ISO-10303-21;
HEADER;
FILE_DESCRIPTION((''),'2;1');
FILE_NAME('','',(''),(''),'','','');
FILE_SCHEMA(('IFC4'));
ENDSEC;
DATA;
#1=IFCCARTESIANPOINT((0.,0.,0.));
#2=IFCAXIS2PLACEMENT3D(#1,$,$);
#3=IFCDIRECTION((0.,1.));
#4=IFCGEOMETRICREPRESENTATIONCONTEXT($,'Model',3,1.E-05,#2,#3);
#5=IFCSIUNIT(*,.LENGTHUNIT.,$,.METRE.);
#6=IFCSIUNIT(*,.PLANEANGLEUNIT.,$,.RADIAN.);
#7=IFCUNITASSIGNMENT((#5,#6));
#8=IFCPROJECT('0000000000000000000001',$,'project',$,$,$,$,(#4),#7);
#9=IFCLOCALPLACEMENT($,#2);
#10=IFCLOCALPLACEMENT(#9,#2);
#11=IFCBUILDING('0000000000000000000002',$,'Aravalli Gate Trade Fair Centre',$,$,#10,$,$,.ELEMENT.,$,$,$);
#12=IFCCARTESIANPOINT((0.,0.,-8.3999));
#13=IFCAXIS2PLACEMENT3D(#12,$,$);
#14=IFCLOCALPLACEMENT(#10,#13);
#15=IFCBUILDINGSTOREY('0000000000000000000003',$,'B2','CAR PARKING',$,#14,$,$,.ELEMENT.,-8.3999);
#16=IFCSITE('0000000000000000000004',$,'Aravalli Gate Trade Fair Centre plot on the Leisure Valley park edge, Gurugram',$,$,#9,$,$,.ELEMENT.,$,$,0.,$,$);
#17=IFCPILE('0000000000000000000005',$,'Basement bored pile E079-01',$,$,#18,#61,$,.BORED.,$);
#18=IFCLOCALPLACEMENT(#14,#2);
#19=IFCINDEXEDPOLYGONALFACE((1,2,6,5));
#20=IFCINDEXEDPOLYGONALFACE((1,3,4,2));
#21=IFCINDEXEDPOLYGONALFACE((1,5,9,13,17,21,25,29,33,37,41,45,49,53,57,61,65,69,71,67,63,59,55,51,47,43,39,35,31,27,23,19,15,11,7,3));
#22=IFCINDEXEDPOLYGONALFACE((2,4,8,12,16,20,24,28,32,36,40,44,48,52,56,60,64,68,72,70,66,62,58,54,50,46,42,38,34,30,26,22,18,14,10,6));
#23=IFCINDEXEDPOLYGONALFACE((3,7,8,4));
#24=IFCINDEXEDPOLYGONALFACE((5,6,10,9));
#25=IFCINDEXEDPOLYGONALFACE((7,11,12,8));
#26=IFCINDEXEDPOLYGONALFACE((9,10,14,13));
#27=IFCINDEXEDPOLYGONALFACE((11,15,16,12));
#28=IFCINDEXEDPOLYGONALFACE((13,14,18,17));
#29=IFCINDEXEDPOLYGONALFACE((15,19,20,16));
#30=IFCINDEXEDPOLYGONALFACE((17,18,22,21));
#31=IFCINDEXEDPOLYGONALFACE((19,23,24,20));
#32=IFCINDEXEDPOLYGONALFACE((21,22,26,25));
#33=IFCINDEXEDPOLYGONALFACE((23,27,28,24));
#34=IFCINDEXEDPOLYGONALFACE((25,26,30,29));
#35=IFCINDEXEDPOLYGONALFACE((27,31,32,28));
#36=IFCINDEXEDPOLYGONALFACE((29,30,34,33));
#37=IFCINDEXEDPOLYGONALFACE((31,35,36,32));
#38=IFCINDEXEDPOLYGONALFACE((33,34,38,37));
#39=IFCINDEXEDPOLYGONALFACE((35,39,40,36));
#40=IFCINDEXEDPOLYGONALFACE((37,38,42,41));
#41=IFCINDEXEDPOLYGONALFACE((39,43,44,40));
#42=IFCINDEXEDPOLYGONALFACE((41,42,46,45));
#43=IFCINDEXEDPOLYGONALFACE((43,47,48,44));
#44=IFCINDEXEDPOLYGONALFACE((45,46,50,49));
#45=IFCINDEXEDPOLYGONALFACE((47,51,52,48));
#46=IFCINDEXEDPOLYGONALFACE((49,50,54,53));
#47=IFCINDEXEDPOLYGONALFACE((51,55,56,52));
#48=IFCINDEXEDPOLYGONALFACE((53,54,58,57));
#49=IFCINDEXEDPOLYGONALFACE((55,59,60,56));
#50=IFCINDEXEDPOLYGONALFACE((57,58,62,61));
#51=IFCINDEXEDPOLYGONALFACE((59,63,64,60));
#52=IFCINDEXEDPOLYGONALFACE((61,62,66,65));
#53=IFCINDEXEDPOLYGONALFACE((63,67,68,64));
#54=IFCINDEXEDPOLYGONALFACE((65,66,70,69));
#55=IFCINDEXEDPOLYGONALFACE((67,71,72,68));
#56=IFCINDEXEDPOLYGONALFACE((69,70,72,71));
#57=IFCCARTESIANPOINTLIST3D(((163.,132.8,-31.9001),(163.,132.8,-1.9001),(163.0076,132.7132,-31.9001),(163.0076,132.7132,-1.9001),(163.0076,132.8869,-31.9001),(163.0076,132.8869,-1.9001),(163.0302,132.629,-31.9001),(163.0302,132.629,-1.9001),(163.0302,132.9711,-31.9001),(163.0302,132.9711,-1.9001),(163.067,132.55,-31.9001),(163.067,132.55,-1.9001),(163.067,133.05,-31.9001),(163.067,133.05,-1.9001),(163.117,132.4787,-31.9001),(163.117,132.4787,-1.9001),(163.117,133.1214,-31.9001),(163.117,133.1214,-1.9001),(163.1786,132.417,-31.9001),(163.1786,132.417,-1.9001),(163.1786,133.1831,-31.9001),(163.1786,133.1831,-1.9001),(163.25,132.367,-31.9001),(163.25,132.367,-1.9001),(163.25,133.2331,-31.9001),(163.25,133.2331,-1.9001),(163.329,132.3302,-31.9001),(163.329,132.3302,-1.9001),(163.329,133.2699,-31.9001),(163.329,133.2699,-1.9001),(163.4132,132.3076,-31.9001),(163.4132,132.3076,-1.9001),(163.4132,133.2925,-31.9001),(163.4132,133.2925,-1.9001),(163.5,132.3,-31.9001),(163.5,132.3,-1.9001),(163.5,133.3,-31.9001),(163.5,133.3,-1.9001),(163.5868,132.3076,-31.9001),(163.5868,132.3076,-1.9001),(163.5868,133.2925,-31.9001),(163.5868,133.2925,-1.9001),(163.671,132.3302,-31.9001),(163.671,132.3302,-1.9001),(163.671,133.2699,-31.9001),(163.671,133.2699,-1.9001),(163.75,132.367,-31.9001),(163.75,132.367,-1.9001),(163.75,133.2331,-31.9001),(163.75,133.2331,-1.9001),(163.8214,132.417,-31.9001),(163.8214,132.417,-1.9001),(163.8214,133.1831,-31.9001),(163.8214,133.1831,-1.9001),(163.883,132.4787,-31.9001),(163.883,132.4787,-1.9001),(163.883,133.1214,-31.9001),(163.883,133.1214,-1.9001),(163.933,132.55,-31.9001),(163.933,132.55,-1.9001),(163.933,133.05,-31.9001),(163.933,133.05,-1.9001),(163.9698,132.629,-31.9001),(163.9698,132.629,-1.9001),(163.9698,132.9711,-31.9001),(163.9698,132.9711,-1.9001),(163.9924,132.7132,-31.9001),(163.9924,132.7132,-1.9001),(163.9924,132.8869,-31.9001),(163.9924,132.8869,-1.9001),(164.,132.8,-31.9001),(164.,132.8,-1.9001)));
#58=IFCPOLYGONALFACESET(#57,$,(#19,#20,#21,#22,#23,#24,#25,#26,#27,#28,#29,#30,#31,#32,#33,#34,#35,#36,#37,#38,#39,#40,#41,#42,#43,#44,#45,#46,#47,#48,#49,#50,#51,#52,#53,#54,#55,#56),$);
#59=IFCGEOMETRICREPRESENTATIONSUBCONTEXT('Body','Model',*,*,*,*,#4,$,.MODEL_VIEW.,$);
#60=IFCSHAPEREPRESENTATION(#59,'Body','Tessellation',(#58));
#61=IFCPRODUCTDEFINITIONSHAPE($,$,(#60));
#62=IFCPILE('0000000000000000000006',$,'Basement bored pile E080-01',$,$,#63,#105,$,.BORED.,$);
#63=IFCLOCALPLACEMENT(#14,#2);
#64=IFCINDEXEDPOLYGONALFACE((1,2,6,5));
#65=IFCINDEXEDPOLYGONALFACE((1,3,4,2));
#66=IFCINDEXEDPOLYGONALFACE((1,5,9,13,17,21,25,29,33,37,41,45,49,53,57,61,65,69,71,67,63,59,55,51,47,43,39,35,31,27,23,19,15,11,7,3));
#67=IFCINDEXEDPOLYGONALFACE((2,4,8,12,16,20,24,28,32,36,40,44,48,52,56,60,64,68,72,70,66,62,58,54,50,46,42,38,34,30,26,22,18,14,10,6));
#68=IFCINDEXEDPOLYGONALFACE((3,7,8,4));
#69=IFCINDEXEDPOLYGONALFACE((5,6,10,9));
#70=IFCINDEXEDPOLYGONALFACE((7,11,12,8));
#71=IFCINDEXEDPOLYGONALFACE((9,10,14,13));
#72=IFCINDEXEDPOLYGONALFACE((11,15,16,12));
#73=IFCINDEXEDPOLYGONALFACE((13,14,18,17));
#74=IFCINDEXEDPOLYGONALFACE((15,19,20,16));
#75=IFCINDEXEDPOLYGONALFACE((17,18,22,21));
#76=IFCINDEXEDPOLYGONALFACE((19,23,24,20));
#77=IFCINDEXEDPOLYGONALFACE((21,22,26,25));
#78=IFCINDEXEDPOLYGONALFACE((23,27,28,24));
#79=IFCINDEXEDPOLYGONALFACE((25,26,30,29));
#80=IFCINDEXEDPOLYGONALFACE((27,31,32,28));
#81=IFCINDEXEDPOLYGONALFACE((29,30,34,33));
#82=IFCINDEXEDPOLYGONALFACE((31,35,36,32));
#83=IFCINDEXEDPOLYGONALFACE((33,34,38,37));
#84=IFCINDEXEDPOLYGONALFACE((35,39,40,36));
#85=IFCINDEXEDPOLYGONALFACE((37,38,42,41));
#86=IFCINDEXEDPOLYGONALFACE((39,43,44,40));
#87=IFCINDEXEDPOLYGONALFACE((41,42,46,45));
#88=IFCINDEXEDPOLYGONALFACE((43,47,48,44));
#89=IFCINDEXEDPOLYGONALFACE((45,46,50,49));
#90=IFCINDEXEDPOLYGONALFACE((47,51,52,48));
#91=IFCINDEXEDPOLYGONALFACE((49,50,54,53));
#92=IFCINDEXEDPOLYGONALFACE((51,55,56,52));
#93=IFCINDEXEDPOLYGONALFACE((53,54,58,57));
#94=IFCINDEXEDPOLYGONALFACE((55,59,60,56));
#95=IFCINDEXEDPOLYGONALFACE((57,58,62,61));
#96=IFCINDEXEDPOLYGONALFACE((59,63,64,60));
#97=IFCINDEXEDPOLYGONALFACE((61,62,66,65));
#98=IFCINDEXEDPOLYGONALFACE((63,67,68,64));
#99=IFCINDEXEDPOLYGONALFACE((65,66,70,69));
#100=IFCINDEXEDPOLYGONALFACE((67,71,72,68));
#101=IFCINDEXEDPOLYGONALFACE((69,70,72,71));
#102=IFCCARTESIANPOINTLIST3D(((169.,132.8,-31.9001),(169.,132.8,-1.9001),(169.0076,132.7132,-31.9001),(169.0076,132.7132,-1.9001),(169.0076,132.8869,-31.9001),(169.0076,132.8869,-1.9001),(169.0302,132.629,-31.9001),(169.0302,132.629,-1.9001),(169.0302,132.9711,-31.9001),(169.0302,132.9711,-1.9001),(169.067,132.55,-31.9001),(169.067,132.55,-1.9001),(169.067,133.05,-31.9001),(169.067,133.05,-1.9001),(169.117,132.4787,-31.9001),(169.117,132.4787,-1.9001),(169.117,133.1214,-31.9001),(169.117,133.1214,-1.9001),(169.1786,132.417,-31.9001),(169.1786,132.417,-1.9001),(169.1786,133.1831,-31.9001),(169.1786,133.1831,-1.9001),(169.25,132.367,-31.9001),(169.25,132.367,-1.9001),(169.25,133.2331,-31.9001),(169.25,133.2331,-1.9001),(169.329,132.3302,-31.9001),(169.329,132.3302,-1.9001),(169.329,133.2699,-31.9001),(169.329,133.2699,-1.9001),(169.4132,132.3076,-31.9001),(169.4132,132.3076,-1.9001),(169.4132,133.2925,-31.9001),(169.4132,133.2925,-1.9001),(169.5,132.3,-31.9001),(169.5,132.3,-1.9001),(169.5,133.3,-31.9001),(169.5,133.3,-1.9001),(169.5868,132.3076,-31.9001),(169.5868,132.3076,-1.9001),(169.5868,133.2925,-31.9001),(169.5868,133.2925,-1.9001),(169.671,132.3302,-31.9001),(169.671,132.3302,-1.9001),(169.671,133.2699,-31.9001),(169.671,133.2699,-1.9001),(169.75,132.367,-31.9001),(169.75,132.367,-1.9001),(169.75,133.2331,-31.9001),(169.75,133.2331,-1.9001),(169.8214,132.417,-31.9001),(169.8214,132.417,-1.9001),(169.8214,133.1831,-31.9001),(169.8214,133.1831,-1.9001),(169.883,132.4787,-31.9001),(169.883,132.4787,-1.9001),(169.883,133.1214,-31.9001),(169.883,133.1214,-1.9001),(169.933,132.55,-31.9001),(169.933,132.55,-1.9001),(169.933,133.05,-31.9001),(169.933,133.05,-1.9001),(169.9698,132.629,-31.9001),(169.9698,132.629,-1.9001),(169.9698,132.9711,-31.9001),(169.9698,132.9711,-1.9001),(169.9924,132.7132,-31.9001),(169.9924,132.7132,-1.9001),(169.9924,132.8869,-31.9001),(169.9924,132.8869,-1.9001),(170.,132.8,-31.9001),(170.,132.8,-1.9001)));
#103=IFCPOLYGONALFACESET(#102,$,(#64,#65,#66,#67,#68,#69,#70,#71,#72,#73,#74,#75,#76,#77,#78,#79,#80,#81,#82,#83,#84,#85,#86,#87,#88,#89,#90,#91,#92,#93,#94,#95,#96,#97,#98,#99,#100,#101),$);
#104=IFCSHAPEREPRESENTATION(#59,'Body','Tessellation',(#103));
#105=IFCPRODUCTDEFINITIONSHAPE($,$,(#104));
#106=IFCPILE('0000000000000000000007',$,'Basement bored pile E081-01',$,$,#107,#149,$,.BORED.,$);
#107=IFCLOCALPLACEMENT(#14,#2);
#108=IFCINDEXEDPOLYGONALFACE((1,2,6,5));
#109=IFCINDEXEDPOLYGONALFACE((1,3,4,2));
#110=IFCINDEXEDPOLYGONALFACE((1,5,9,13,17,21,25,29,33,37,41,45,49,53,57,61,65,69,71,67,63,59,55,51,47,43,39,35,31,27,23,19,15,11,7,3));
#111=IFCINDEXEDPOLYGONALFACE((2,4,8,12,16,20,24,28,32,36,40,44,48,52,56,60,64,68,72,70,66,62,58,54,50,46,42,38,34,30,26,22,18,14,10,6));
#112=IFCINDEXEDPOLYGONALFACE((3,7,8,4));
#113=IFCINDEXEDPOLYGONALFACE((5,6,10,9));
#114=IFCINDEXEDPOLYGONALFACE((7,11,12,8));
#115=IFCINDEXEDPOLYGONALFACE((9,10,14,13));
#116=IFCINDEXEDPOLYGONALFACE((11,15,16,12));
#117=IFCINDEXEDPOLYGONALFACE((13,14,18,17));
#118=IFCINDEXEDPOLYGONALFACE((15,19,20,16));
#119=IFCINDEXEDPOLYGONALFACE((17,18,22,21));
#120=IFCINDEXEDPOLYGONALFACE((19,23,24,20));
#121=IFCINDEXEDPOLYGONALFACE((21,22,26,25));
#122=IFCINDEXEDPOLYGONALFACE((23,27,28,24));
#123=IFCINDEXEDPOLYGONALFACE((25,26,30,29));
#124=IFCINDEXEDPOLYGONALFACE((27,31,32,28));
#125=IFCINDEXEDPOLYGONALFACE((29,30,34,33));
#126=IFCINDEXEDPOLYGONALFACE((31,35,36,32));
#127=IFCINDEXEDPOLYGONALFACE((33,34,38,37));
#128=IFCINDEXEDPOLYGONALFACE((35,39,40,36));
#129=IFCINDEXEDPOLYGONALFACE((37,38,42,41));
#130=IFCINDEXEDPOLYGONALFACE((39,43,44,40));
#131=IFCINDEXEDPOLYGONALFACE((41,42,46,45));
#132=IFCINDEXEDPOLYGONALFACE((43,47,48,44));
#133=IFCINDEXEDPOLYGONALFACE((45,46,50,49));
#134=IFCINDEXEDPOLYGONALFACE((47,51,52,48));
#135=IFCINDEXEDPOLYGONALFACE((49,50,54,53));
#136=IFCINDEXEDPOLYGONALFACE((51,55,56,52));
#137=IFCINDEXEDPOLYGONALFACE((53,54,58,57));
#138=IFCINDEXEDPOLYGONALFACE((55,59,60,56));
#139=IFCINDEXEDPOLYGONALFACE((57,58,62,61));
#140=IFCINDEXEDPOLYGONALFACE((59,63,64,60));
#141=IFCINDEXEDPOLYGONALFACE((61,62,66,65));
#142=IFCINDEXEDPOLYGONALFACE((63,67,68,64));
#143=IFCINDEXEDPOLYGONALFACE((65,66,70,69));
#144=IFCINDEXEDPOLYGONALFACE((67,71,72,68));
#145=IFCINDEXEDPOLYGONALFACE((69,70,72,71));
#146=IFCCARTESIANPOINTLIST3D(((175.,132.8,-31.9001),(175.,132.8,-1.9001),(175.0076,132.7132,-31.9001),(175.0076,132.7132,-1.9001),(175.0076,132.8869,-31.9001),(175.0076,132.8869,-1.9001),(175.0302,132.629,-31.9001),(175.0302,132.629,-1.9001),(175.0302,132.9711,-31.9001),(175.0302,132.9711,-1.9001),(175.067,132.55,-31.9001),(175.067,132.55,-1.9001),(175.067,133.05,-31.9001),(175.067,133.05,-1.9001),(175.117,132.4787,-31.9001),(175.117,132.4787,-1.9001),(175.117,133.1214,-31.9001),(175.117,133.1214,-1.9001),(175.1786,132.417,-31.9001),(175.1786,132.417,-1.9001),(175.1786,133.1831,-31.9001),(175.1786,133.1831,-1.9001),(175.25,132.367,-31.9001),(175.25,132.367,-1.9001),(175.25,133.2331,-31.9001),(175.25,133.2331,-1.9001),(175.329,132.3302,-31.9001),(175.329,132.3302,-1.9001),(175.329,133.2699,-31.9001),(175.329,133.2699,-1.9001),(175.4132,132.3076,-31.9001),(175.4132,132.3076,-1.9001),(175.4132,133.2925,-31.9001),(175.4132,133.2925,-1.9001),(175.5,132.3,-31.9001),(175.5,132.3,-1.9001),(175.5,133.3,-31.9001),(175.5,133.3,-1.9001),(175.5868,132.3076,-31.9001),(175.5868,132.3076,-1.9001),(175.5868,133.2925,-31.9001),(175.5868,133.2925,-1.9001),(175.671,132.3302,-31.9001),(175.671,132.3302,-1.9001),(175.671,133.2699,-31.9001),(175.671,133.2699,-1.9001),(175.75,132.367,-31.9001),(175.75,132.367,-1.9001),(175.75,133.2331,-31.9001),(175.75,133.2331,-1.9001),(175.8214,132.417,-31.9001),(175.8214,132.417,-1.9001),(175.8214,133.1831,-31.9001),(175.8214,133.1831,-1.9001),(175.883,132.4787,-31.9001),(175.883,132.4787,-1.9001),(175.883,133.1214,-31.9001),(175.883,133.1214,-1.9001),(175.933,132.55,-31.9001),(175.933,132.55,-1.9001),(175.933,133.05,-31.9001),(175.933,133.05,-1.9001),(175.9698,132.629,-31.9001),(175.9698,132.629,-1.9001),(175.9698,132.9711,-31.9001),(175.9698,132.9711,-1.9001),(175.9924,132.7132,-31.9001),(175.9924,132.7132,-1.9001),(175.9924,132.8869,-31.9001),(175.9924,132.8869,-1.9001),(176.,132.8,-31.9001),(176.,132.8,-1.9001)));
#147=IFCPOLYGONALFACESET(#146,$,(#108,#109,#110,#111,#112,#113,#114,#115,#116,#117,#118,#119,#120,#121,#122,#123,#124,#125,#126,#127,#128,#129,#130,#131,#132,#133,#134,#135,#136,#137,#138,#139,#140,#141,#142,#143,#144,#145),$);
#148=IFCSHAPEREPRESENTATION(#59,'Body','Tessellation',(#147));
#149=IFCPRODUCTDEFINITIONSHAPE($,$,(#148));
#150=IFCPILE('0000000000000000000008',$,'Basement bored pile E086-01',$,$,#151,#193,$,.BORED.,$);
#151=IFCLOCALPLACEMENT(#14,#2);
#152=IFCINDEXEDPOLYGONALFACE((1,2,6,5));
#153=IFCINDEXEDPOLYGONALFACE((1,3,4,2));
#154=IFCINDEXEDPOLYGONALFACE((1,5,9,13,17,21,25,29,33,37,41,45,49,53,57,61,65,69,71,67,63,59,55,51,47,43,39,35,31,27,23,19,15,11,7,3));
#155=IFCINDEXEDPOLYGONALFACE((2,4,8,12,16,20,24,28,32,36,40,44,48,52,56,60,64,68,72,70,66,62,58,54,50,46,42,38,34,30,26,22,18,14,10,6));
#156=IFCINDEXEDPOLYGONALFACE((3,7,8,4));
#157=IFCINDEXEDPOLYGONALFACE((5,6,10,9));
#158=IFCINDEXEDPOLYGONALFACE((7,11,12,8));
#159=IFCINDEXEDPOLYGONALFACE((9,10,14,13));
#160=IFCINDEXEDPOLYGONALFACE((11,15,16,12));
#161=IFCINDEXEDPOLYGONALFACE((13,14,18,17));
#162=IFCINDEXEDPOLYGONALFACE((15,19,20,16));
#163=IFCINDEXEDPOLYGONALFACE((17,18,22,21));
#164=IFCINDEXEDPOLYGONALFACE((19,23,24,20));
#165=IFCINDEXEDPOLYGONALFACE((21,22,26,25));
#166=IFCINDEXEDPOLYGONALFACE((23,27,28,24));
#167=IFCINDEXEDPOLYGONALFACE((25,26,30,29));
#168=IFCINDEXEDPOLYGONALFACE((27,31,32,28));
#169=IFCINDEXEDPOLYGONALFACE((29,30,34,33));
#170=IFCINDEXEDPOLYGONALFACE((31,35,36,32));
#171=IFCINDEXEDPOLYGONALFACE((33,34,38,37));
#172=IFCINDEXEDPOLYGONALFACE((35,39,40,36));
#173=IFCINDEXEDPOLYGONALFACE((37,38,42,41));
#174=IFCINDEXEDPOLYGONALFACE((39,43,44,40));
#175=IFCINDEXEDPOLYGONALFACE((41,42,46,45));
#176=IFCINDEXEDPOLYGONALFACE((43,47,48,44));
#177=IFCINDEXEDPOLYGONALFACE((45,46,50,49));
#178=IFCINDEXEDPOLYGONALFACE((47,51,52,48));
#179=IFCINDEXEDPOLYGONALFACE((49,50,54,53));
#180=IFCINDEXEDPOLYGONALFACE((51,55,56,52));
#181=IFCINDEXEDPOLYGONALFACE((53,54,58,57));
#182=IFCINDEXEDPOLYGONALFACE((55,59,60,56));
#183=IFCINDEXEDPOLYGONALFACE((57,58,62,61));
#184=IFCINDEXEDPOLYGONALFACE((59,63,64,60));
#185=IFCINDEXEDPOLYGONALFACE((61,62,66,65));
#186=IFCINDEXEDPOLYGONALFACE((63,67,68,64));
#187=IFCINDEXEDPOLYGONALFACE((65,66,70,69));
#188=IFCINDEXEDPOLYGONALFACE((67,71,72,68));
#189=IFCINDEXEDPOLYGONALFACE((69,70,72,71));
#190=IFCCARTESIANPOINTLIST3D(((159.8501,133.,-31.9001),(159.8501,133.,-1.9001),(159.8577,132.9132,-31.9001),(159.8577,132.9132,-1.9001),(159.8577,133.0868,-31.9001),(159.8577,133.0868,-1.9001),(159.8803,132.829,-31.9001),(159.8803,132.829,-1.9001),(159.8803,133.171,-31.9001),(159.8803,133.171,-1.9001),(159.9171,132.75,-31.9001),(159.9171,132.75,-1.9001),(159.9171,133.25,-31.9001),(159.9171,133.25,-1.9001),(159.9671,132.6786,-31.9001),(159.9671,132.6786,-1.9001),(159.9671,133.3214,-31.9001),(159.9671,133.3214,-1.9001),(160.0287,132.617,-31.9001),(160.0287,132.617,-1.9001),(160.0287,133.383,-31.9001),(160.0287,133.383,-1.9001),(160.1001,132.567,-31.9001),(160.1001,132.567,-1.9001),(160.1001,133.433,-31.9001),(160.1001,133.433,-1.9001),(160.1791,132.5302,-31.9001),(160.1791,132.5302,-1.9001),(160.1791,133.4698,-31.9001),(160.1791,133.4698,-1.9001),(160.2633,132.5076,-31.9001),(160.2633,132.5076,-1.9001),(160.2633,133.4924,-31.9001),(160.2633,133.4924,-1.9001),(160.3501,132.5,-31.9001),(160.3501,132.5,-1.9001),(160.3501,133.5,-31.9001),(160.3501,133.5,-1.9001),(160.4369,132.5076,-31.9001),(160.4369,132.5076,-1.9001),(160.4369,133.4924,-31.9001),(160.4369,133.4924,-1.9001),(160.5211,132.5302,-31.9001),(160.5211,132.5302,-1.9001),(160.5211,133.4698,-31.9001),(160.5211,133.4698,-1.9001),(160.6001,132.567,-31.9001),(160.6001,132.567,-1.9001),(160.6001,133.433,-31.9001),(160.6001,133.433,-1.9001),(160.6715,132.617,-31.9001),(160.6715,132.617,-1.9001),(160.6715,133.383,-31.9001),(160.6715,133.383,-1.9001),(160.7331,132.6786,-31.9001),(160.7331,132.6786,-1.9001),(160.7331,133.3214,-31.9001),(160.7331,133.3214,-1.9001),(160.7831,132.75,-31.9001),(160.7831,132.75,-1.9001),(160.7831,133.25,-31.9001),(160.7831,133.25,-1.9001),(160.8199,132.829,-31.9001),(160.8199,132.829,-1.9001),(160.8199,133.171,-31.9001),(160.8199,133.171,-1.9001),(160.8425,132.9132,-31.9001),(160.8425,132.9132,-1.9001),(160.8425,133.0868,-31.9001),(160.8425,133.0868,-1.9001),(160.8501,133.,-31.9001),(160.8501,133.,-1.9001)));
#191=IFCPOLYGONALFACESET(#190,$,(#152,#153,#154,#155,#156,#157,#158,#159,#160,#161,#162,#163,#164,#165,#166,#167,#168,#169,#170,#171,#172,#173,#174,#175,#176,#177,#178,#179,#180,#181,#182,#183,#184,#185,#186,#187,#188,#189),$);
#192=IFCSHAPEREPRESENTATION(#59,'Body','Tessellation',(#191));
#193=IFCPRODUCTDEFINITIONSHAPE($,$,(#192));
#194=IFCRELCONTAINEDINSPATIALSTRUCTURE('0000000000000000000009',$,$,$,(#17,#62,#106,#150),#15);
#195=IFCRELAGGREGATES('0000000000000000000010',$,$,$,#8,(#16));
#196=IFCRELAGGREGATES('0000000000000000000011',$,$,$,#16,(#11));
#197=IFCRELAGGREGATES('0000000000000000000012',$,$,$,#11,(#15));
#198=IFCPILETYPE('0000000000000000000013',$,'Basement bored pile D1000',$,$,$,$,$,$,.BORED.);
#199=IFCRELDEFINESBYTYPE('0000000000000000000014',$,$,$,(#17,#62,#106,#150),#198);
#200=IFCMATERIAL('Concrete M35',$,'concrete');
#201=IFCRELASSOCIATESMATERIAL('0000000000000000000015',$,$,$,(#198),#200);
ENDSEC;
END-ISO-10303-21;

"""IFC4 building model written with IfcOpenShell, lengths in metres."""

from ifc_helpers import new_model, si_unit, direction, frame, origin, origin_2d, place, context, subcontext, project, spatial, circle, extrude, material, material_profile, profile_set, type_object, element, save


model = new_model("IFC4")

# Units and contexts
model_context = context("Model", 3, precision=1e-05, world=origin(), true_north=direction((0.0, 1.0)))
body_context = subcontext(model_context, "Body", "Model", "MODEL_VIEW")
ifc_project = project(units=[si_unit("LENGTHUNIT", "METRE"), si_unit("PLANEANGLEUNIT", "RADIAN")], contexts=[model_context])

# Site, building, storey
site_placement = place(None, origin())
site = spatial("IfcSite", under=ifc_project, at=site_placement, Name="Aravalli Gate Trade Fair Centre plot on the Leisure Valley park edge, Gurugram", CompositionType="ELEMENT", RefElevation=0.0)
building_placement = place(site_placement, origin())
building = spatial("IfcBuilding", under=site, at=building_placement, Name="Aravalli Gate Trade Fair Centre", CompositionType="ELEMENT")
storey_placement = place(building_placement, frame((0.0, 0.0, -8.3999)))
storey = spatial("IfcBuildingStorey", under=building, at=storey_placement, Name="B2", Description="CAR PARKING", CompositionType="ELEMENT", Elevation=-8.3999)

# Piles
ifc_material_1 = material(Name="Concrete M35", Category="concrete")
ifc_material_profile_1 = material_profile(ifc_material_1, circle(Radius=0.5, at=origin_2d()), Name="D1000")
ifc_profile_set_1 = profile_set([ifc_material_profile_1], Name="Concrete M35")
pile_type = type_object("IfcPileType", Name="Basement bored pile D1000", PredefinedType="BORED", material=ifc_profile_set_1)
for number, where, z_axis, x_axis, name in (
    (1, (163.5, 132.8, -1.9001), (0.0, 0.0, -1.0), (1.0, 0.0, 0.0), "Basement bored pile E079-01"),
    (2, (169.5, 132.8, -1.9001), (0.0, 0.0, -1.0), (1.0, 0.0, 0.0), "Basement bored pile E080-01"),
    (3, (175.5, 132.8, -1.9001), (0.0, 0.0, -1.0), (1.0, 0.0, 0.0), "Basement bored pile E081-01"),
    (4, (160.3501, 133.0, -1.9001), (0.0, 0.0, -1.0), (1.0, 0.0, 0.0), "Basement bored pile E086-01"),
):
    element("IfcPile", number, at=place(storey_placement, frame(where, z_axis=z_axis, x_axis=x_axis)), inside=storey, type_object=pile_type, Name=name, PredefinedType="BORED", context=body_context, shape_type="SweptSolid", body=[
        extrude(circle(Radius=0.5, at=origin_2d()), origin(), (0.0, 0.0, 1.0), 30.0),
    ])

save(model, "model.ifc")
